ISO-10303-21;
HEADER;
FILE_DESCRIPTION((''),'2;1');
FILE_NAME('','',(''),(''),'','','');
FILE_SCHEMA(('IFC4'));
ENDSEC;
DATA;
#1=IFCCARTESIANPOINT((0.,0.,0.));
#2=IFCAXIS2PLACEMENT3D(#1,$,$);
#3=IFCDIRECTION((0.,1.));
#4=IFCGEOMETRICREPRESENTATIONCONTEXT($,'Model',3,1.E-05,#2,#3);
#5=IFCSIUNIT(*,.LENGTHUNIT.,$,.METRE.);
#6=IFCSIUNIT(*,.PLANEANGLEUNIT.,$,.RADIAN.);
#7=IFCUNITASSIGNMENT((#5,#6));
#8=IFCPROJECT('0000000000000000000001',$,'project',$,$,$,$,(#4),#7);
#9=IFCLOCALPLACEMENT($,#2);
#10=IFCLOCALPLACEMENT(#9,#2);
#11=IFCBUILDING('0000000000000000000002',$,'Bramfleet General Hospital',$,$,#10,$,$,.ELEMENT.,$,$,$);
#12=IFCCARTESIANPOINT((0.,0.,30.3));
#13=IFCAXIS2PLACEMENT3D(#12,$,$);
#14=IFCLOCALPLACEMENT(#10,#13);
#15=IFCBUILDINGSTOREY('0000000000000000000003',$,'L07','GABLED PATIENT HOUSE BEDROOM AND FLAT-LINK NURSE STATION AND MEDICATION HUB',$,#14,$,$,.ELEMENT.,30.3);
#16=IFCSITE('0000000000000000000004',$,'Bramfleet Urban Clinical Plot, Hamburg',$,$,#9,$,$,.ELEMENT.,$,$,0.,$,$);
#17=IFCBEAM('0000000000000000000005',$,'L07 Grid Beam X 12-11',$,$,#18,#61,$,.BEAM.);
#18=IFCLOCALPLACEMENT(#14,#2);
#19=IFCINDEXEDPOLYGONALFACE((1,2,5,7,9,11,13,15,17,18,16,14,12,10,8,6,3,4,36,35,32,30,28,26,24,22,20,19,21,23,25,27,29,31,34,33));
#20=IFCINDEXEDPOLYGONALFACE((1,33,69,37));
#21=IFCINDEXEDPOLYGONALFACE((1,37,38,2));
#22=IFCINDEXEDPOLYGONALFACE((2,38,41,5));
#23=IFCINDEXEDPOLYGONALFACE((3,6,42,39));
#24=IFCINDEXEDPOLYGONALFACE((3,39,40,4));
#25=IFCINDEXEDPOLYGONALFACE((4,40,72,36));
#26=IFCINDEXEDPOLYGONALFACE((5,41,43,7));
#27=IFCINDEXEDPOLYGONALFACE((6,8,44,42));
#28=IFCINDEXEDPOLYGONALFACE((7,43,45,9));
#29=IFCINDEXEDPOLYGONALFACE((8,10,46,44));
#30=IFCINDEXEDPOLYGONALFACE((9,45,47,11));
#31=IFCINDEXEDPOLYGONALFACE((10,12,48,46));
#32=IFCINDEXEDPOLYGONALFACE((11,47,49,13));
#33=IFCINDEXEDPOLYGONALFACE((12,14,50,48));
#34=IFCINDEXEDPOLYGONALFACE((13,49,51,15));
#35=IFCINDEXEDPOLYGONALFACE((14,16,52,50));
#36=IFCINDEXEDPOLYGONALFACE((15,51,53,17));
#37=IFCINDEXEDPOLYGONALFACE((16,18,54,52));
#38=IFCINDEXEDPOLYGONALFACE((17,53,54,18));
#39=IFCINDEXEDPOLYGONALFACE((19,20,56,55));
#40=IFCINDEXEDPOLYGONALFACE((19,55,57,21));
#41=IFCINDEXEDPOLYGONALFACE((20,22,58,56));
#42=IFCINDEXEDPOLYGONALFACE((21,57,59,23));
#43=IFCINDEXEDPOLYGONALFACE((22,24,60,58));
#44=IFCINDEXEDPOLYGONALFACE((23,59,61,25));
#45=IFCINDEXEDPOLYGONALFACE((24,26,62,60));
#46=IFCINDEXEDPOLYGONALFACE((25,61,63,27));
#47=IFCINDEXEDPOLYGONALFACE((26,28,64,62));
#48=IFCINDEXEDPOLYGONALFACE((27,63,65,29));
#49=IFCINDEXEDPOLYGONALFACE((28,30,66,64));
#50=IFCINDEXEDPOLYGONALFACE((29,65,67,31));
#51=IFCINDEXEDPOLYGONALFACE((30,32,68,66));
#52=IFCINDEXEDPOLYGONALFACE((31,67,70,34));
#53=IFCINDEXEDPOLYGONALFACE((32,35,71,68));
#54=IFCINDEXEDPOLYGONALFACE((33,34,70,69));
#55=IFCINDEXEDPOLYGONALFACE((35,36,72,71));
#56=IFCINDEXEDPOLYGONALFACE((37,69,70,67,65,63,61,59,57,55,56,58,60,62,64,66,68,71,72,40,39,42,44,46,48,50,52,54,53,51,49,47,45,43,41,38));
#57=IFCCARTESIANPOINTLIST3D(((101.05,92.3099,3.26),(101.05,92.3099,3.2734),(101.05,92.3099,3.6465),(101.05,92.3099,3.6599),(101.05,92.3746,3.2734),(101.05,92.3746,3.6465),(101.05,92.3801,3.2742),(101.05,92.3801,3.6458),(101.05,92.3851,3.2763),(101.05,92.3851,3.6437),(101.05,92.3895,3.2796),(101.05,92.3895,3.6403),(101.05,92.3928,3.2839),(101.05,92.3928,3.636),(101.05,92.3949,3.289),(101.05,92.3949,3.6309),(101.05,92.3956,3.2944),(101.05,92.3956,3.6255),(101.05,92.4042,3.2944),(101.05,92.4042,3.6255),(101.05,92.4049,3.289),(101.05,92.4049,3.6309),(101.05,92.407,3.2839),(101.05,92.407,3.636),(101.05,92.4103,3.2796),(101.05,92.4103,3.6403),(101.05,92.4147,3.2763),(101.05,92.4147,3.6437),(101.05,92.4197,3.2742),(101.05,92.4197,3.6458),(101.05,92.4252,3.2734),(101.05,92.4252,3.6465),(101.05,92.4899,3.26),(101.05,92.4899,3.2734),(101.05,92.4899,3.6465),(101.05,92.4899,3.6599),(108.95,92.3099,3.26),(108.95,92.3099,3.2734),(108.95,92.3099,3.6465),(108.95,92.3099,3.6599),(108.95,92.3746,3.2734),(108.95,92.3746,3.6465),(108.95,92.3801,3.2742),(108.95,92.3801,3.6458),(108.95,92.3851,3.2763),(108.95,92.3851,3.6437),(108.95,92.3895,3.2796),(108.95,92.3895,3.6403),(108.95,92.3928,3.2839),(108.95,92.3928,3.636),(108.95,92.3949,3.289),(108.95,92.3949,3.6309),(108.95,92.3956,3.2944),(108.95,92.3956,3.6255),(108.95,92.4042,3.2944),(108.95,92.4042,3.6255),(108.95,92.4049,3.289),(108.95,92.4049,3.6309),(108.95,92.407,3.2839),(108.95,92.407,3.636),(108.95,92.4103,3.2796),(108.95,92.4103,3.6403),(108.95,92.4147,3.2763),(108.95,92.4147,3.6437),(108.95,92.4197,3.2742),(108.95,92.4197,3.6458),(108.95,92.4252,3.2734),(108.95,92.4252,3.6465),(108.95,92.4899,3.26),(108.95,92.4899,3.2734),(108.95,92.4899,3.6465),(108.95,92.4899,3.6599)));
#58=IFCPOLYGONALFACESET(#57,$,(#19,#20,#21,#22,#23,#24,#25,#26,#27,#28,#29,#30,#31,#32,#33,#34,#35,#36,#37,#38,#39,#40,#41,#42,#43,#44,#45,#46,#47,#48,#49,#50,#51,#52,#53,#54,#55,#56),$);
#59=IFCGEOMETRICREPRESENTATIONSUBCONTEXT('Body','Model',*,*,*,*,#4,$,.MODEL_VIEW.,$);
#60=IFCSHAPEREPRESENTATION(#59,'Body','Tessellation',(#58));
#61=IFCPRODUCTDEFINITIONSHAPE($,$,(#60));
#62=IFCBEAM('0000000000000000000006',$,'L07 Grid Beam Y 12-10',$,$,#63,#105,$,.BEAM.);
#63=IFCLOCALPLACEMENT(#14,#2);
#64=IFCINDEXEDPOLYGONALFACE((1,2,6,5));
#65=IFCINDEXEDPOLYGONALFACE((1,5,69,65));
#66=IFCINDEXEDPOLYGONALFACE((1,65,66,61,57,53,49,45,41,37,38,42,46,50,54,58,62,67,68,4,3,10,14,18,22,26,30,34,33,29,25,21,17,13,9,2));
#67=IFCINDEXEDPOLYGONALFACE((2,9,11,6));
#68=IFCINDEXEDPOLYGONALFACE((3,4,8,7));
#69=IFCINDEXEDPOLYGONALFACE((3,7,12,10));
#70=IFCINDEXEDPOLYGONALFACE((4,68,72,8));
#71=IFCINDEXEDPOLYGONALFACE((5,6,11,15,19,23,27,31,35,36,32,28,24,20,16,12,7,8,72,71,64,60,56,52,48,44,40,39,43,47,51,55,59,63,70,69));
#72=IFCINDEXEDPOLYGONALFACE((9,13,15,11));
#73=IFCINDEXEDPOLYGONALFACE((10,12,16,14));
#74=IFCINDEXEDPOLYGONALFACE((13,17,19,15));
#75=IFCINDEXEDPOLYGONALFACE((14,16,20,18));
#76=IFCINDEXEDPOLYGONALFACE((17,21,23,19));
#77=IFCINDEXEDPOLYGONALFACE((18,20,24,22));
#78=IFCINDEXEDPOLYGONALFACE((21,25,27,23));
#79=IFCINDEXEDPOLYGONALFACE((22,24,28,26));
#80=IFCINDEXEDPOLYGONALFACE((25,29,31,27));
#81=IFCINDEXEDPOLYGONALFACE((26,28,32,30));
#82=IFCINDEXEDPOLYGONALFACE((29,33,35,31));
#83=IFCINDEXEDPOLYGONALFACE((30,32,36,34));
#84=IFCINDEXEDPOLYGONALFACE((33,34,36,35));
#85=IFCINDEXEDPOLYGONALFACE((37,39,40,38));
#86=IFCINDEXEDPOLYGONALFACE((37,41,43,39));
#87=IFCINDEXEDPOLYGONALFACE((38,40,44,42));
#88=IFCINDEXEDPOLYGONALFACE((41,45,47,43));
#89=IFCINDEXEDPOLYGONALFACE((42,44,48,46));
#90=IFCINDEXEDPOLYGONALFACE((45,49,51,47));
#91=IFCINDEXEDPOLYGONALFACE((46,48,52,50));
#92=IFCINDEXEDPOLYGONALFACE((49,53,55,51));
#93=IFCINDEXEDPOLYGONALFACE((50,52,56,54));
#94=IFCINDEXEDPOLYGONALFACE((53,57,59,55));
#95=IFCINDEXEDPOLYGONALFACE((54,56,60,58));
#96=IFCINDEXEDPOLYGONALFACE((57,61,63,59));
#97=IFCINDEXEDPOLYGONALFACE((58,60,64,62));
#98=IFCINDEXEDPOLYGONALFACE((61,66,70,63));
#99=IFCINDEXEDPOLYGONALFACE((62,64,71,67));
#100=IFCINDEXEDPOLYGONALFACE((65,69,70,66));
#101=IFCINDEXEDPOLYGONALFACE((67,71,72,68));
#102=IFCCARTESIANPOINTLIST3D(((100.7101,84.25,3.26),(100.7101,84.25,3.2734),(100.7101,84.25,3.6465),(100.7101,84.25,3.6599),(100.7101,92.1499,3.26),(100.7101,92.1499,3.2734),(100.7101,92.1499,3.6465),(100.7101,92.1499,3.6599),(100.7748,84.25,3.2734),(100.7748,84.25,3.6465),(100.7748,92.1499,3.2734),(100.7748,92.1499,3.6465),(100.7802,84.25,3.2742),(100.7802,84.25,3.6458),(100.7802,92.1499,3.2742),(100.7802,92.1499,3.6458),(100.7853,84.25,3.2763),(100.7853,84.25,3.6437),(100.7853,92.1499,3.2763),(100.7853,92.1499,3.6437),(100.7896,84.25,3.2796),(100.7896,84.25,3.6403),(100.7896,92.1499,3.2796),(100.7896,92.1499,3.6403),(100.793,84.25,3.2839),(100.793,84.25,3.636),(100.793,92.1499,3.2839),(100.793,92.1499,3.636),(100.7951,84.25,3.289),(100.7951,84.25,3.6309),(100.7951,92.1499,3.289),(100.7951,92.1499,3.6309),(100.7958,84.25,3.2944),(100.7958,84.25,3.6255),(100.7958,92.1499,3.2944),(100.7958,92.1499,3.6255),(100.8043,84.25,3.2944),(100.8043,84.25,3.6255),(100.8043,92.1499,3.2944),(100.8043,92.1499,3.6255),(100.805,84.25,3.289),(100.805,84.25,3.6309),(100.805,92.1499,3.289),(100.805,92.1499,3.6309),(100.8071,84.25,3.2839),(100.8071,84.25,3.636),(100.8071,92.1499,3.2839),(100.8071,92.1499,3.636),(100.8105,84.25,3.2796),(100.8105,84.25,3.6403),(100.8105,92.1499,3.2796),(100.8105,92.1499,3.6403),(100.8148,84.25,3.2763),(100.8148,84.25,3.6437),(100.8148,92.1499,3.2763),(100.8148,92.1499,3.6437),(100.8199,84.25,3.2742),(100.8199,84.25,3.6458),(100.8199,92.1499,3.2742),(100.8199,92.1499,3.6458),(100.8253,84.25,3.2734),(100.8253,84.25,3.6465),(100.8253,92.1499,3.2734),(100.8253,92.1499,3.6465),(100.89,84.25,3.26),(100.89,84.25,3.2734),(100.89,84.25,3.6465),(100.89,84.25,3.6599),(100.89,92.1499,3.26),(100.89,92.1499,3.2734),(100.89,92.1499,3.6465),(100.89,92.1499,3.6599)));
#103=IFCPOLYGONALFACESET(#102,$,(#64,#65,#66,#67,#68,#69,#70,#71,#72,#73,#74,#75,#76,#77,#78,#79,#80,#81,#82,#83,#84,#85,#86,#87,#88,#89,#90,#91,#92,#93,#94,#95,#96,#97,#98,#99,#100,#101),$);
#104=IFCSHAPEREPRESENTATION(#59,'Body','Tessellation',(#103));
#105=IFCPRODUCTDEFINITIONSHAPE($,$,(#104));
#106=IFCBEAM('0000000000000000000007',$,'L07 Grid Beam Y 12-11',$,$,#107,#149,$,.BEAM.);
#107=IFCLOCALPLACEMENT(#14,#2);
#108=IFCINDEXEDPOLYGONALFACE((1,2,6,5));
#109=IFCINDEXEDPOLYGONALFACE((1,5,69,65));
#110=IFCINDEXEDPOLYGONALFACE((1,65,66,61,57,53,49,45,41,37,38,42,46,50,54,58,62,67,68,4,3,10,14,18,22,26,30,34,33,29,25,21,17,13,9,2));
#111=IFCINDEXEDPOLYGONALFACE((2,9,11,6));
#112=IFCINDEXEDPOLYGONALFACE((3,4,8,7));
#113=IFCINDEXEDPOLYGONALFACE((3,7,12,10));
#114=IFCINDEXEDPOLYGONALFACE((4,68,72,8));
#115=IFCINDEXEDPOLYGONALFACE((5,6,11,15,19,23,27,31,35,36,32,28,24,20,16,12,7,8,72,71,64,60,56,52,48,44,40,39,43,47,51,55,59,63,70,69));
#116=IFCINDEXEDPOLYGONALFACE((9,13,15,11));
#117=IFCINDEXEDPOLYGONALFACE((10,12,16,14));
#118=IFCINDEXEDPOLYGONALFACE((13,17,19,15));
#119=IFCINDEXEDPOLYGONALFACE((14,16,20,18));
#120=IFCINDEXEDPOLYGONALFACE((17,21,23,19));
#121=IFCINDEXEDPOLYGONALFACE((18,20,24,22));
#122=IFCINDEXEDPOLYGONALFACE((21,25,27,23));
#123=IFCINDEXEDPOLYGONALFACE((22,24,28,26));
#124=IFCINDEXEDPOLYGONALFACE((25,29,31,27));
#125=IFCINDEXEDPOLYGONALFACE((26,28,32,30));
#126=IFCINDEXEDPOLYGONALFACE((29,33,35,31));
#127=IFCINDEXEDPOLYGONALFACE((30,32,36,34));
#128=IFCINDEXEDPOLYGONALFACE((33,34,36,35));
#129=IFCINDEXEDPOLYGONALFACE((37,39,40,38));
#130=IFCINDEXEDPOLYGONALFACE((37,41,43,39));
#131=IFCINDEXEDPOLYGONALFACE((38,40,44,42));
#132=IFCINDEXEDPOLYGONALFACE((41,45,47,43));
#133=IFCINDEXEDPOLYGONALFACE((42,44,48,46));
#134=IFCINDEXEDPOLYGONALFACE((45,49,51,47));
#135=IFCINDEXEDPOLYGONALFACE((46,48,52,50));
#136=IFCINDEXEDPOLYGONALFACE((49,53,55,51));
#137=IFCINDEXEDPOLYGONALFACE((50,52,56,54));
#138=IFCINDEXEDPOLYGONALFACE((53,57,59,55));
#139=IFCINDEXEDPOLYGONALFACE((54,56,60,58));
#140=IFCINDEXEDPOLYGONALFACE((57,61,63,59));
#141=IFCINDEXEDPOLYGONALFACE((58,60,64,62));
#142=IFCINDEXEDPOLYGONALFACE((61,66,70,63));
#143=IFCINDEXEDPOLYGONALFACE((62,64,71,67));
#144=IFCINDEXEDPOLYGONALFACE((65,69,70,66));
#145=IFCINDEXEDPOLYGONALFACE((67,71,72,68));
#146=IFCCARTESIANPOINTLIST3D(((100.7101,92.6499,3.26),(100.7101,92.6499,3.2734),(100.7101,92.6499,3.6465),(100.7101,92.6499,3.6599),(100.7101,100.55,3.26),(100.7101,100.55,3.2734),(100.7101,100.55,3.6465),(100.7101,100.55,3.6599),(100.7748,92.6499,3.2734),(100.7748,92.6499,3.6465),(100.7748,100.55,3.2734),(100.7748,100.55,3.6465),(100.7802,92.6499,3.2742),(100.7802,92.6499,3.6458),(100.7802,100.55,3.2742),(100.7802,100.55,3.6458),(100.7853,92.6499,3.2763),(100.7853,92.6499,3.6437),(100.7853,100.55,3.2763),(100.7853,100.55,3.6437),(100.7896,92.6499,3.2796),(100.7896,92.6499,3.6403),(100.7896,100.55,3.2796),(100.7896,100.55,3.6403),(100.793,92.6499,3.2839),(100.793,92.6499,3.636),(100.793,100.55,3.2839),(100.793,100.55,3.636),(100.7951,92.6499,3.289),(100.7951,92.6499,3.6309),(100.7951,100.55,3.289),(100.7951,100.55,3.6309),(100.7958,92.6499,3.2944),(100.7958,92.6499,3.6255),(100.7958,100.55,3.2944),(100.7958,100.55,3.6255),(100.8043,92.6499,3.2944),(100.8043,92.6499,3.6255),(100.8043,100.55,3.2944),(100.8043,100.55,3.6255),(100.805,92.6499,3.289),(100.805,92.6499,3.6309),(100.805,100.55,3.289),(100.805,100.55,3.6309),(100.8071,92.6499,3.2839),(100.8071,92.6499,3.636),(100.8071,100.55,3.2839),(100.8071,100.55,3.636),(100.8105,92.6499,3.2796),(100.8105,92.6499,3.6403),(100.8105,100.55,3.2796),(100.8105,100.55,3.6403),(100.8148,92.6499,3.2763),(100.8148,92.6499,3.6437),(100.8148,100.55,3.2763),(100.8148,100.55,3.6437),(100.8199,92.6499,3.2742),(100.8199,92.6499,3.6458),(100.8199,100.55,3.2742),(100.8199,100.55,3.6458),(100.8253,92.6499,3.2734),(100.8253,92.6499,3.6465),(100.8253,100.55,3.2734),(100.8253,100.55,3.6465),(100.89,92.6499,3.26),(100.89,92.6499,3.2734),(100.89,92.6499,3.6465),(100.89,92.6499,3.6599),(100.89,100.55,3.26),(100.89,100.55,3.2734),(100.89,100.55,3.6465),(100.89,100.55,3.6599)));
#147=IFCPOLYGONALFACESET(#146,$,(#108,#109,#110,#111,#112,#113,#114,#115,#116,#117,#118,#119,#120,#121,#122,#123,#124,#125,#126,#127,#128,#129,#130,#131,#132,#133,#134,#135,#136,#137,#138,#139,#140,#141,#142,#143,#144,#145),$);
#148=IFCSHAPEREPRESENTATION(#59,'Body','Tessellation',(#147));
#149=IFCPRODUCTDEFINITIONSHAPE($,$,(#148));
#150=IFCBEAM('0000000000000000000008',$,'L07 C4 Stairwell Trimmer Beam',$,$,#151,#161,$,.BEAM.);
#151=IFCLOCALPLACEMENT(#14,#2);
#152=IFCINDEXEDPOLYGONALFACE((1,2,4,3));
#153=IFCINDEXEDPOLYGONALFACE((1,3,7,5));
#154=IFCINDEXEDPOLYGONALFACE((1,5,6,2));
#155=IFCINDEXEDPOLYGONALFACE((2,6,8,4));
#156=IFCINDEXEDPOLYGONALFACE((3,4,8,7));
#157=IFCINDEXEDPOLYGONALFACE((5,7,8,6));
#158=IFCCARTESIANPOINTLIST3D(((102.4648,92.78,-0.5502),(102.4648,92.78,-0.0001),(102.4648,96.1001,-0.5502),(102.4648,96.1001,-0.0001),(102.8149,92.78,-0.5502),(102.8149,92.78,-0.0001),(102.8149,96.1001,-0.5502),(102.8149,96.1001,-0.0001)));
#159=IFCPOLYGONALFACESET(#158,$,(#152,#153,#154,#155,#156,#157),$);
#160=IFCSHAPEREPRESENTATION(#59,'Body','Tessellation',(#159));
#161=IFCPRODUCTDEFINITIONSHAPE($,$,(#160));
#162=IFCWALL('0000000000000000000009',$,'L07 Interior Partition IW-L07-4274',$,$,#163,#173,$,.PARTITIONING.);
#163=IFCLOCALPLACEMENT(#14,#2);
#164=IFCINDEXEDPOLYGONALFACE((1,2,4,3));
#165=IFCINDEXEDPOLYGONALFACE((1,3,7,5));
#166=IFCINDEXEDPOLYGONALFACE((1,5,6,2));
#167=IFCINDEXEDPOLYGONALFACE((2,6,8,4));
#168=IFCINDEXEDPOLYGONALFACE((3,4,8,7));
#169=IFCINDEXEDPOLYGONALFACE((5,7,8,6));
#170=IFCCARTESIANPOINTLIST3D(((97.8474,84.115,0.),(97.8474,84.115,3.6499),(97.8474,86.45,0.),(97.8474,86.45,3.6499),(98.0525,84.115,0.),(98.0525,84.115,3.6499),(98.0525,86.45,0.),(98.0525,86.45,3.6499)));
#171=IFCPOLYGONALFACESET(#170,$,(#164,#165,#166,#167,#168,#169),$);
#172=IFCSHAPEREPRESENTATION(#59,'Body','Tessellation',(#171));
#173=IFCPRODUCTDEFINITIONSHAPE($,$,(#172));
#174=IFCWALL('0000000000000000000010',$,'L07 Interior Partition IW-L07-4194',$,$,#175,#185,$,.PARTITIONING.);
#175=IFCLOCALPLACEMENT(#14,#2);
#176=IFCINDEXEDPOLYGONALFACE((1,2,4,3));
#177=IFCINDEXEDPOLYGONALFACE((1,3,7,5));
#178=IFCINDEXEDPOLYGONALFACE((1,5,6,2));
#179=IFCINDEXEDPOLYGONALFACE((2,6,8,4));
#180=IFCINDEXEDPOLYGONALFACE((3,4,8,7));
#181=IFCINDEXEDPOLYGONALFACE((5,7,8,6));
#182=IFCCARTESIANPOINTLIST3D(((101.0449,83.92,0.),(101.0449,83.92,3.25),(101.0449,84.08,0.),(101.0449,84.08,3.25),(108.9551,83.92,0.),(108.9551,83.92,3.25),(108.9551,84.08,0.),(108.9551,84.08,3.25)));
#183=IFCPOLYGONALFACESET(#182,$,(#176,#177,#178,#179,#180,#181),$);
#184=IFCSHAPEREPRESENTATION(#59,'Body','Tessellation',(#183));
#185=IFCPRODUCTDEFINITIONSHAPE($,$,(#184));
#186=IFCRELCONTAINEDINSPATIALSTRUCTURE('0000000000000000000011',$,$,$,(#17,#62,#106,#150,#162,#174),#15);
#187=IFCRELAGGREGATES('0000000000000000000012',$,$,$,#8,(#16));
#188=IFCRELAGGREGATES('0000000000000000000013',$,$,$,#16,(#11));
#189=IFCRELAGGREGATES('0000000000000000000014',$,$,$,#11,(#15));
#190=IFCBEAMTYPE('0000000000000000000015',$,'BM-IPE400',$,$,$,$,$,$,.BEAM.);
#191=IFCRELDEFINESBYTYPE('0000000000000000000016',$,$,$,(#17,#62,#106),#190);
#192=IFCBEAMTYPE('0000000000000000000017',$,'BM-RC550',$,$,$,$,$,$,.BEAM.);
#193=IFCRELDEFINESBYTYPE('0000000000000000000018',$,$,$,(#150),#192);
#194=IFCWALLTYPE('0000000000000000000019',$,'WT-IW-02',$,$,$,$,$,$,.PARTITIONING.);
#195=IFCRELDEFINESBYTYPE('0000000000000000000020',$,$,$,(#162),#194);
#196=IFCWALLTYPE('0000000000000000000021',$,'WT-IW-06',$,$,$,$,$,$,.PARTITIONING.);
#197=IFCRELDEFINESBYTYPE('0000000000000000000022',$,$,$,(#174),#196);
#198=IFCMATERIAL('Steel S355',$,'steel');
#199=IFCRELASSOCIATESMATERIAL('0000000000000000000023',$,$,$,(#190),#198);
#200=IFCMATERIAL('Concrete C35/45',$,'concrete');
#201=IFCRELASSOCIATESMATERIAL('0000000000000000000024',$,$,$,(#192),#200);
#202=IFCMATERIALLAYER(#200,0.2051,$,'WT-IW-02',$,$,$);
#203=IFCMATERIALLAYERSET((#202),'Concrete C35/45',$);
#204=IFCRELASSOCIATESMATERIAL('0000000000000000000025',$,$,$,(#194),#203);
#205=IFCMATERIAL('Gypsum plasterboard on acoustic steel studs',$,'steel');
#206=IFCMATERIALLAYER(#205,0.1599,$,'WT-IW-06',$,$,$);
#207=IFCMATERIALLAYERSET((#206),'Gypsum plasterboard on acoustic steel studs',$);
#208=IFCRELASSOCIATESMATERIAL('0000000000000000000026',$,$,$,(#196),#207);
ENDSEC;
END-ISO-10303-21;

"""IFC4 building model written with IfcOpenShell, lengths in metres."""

from ifc_helpers import new_model, si_unit, direction, frame, frame_2d, origin, origin_2d, place, context, subcontext, project, spatial, rectangle, i_section, extrude, material, layer, layer_set, material_profile, profile_set, type_object, element, save


model = new_model("IFC4")

# Units and contexts
model_context = context("Model", 3, precision=1e-05, world=origin(), true_north=direction((0.0, 1.0)))
body_context = subcontext(model_context, "Body", "Model", "MODEL_VIEW")
ifc_project = project(units=[si_unit("LENGTHUNIT", "METRE"), si_unit("PLANEANGLEUNIT", "RADIAN")], contexts=[model_context])

# Site, building, storey
site_placement = place(None, origin())
site = spatial("IfcSite", under=ifc_project, at=site_placement, Name="Bramfleet Urban Clinical Plot, Hamburg", CompositionType="ELEMENT", RefElevation=0.0)
building_placement = place(site_placement, origin())
building = spatial("IfcBuilding", under=site, at=building_placement, Name="Bramfleet General Hospital", CompositionType="ELEMENT")
storey_placement = place(building_placement, frame((0.0, 0.0, 30.3)))
storey = spatial("IfcBuildingStorey", under=building, at=storey_placement, Name="L07", Description="GABLED PATIENT HOUSE BEDROOM AND FLAT-LINK NURSE STATION AND MEDICATION HUB", CompositionType="ELEMENT", Elevation=30.3)

# Beams
ifc_material_1 = material(Name="Steel S355", Category="steel")
ifc_material_profile_1 = material_profile(ifc_material_1, i_section(OverallWidth=0.1799, OverallDepth=0.3999, WebThickness=0.0085, FlangeThickness=0.0134, FilletRadius=0.021, at=origin_2d()), Name="IPE 400")
ifc_profile_set_1 = profile_set([ifc_material_profile_1], Name="Steel S355")
beam_type_1 = type_object("IfcBeamType", Name="BM-IPE400", PredefinedType="BEAM", material=ifc_profile_set_1)
for number, where, z_axis, x_axis, name in (
    (1, (101.05, 92.3999, 3.46), (1.0, 0.0, 0.0), (0.0, 1.0, 0.0), "L07 Grid Beam X 12-11"),
    (2, (100.8, 84.25, 3.46), (0.0, 1.0, 0.0), (-1.0, 0.0, 0.0), "L07 Grid Beam Y 12-10"),
):
    element("IfcBeam", number, at=place(storey_placement, frame(where, z_axis=z_axis, x_axis=x_axis)), inside=storey, type_object=beam_type_1, Name=name, PredefinedType="BEAM", context=body_context, shape_type="SweptSolid", body=[
        extrude(i_section(OverallWidth=0.1799, OverallDepth=0.3999, WebThickness=0.0085, FlangeThickness=0.0134, FilletRadius=0.021, at=origin_2d()), origin(), (0.0, 0.0, 1.0), 7.8999),
    ])
beam_1_placement = place(storey_placement, frame((100.8, 92.6499, 3.46), z_axis=(0.0, 1.0, 0.0), x_axis=(-1.0, 0.0, 0.0)))
element("IfcBeam", 3, at=beam_1_placement, inside=storey, type_object=beam_type_1, Name="L07 Grid Beam Y 12-11", PredefinedType="BEAM", context=body_context, shape_type="SweptSolid", body=[
    extrude(i_section(OverallWidth=0.1799, OverallDepth=0.3999, WebThickness=0.0085, FlangeThickness=0.0134, FilletRadius=0.021, at=origin_2d()), origin(), (0.0, 0.0, 1.0), 7.9001),
])
ifc_material_2 = material(Name="Concrete C35/45", Category="concrete")
ifc_material_profile_2 = material_profile(ifc_material_2, rectangle(XDim=0.3501, YDim=0.55, at=origin_2d()), Name="RC BM 550x350")
ifc_profile_set_2 = profile_set([ifc_material_profile_2], Name="Concrete C35/45")
beam_type_2 = type_object("IfcBeamType", Name="BM-RC550", PredefinedType="BEAM", material=ifc_profile_set_2)
beam_2_placement = place(storey_placement, frame((102.6399, 92.78, -0.2751), z_axis=(0.0, 1.0, 0.0), x_axis=(-1.0, 0.0, 0.0)))
element("IfcBeam", 4, at=beam_2_placement, inside=storey, type_object=beam_type_2, Name="L07 C4 Stairwell Trimmer Beam", PredefinedType="BEAM", context=body_context, shape_type="SweptSolid", body=[
    extrude(rectangle(XDim=0.3501, YDim=0.55, at=origin_2d()), origin(), (0.0, 0.0, 1.0), 3.3201),
])

# Walls
ifc_layer_1 = layer(ifc_material_2, 0.2051, Name="WT-IW-02")
ifc_layer_set_1 = layer_set([ifc_layer_1], Name="Concrete C35/45")
wall_type_1 = type_object("IfcWallType", Name="WT-IW-02", PredefinedType="PARTITIONING", material=ifc_layer_set_1)
wall_1_placement = place(storey_placement, frame((97.95, 84.115, 0.0), z_axis=(0.0, 0.0, 1.0), x_axis=(0.0, 1.0, 0.0)))
element("IfcWall", 5, at=wall_1_placement, inside=storey, type_object=wall_type_1, Name="L07 Interior Partition IW-L07-4274", PredefinedType="PARTITIONING", context=body_context, shape_type="SweptSolid", body=[
    extrude(rectangle(XDim=2.335, YDim=0.2051, at=frame_2d((1.1675, 0.0))), origin(), (0.0, 0.0, 1.0), 3.6499),
])
ifc_material_3 = material(Name="Gypsum plasterboard on acoustic steel studs", Category="steel")
ifc_layer_2 = layer(ifc_material_3, 0.1599, Name="WT-IW-06")
ifc_layer_set_2 = layer_set([ifc_layer_2], Name="Gypsum plasterboard on acoustic steel studs")
wall_type_2 = type_object("IfcWallType", Name="WT-IW-06", PredefinedType="PARTITIONING", material=ifc_layer_set_2)
wall_2_placement = place(storey_placement, frame((101.0449, 84.0, 0.0), z_axis=(0.0, 0.0, 1.0), x_axis=(1.0, 0.0, 0.0)))
element("IfcWall", 6, at=wall_2_placement, inside=storey, type_object=wall_type_2, Name="L07 Interior Partition IW-L07-4194", PredefinedType="PARTITIONING", context=body_context, shape_type="SweptSolid", body=[
    extrude(rectangle(XDim=7.9102, YDim=0.1599, at=frame_2d((3.9551, 0.0))), origin(), (0.0, 0.0, 1.0), 3.25),
])

save(model, "model.ifc")
